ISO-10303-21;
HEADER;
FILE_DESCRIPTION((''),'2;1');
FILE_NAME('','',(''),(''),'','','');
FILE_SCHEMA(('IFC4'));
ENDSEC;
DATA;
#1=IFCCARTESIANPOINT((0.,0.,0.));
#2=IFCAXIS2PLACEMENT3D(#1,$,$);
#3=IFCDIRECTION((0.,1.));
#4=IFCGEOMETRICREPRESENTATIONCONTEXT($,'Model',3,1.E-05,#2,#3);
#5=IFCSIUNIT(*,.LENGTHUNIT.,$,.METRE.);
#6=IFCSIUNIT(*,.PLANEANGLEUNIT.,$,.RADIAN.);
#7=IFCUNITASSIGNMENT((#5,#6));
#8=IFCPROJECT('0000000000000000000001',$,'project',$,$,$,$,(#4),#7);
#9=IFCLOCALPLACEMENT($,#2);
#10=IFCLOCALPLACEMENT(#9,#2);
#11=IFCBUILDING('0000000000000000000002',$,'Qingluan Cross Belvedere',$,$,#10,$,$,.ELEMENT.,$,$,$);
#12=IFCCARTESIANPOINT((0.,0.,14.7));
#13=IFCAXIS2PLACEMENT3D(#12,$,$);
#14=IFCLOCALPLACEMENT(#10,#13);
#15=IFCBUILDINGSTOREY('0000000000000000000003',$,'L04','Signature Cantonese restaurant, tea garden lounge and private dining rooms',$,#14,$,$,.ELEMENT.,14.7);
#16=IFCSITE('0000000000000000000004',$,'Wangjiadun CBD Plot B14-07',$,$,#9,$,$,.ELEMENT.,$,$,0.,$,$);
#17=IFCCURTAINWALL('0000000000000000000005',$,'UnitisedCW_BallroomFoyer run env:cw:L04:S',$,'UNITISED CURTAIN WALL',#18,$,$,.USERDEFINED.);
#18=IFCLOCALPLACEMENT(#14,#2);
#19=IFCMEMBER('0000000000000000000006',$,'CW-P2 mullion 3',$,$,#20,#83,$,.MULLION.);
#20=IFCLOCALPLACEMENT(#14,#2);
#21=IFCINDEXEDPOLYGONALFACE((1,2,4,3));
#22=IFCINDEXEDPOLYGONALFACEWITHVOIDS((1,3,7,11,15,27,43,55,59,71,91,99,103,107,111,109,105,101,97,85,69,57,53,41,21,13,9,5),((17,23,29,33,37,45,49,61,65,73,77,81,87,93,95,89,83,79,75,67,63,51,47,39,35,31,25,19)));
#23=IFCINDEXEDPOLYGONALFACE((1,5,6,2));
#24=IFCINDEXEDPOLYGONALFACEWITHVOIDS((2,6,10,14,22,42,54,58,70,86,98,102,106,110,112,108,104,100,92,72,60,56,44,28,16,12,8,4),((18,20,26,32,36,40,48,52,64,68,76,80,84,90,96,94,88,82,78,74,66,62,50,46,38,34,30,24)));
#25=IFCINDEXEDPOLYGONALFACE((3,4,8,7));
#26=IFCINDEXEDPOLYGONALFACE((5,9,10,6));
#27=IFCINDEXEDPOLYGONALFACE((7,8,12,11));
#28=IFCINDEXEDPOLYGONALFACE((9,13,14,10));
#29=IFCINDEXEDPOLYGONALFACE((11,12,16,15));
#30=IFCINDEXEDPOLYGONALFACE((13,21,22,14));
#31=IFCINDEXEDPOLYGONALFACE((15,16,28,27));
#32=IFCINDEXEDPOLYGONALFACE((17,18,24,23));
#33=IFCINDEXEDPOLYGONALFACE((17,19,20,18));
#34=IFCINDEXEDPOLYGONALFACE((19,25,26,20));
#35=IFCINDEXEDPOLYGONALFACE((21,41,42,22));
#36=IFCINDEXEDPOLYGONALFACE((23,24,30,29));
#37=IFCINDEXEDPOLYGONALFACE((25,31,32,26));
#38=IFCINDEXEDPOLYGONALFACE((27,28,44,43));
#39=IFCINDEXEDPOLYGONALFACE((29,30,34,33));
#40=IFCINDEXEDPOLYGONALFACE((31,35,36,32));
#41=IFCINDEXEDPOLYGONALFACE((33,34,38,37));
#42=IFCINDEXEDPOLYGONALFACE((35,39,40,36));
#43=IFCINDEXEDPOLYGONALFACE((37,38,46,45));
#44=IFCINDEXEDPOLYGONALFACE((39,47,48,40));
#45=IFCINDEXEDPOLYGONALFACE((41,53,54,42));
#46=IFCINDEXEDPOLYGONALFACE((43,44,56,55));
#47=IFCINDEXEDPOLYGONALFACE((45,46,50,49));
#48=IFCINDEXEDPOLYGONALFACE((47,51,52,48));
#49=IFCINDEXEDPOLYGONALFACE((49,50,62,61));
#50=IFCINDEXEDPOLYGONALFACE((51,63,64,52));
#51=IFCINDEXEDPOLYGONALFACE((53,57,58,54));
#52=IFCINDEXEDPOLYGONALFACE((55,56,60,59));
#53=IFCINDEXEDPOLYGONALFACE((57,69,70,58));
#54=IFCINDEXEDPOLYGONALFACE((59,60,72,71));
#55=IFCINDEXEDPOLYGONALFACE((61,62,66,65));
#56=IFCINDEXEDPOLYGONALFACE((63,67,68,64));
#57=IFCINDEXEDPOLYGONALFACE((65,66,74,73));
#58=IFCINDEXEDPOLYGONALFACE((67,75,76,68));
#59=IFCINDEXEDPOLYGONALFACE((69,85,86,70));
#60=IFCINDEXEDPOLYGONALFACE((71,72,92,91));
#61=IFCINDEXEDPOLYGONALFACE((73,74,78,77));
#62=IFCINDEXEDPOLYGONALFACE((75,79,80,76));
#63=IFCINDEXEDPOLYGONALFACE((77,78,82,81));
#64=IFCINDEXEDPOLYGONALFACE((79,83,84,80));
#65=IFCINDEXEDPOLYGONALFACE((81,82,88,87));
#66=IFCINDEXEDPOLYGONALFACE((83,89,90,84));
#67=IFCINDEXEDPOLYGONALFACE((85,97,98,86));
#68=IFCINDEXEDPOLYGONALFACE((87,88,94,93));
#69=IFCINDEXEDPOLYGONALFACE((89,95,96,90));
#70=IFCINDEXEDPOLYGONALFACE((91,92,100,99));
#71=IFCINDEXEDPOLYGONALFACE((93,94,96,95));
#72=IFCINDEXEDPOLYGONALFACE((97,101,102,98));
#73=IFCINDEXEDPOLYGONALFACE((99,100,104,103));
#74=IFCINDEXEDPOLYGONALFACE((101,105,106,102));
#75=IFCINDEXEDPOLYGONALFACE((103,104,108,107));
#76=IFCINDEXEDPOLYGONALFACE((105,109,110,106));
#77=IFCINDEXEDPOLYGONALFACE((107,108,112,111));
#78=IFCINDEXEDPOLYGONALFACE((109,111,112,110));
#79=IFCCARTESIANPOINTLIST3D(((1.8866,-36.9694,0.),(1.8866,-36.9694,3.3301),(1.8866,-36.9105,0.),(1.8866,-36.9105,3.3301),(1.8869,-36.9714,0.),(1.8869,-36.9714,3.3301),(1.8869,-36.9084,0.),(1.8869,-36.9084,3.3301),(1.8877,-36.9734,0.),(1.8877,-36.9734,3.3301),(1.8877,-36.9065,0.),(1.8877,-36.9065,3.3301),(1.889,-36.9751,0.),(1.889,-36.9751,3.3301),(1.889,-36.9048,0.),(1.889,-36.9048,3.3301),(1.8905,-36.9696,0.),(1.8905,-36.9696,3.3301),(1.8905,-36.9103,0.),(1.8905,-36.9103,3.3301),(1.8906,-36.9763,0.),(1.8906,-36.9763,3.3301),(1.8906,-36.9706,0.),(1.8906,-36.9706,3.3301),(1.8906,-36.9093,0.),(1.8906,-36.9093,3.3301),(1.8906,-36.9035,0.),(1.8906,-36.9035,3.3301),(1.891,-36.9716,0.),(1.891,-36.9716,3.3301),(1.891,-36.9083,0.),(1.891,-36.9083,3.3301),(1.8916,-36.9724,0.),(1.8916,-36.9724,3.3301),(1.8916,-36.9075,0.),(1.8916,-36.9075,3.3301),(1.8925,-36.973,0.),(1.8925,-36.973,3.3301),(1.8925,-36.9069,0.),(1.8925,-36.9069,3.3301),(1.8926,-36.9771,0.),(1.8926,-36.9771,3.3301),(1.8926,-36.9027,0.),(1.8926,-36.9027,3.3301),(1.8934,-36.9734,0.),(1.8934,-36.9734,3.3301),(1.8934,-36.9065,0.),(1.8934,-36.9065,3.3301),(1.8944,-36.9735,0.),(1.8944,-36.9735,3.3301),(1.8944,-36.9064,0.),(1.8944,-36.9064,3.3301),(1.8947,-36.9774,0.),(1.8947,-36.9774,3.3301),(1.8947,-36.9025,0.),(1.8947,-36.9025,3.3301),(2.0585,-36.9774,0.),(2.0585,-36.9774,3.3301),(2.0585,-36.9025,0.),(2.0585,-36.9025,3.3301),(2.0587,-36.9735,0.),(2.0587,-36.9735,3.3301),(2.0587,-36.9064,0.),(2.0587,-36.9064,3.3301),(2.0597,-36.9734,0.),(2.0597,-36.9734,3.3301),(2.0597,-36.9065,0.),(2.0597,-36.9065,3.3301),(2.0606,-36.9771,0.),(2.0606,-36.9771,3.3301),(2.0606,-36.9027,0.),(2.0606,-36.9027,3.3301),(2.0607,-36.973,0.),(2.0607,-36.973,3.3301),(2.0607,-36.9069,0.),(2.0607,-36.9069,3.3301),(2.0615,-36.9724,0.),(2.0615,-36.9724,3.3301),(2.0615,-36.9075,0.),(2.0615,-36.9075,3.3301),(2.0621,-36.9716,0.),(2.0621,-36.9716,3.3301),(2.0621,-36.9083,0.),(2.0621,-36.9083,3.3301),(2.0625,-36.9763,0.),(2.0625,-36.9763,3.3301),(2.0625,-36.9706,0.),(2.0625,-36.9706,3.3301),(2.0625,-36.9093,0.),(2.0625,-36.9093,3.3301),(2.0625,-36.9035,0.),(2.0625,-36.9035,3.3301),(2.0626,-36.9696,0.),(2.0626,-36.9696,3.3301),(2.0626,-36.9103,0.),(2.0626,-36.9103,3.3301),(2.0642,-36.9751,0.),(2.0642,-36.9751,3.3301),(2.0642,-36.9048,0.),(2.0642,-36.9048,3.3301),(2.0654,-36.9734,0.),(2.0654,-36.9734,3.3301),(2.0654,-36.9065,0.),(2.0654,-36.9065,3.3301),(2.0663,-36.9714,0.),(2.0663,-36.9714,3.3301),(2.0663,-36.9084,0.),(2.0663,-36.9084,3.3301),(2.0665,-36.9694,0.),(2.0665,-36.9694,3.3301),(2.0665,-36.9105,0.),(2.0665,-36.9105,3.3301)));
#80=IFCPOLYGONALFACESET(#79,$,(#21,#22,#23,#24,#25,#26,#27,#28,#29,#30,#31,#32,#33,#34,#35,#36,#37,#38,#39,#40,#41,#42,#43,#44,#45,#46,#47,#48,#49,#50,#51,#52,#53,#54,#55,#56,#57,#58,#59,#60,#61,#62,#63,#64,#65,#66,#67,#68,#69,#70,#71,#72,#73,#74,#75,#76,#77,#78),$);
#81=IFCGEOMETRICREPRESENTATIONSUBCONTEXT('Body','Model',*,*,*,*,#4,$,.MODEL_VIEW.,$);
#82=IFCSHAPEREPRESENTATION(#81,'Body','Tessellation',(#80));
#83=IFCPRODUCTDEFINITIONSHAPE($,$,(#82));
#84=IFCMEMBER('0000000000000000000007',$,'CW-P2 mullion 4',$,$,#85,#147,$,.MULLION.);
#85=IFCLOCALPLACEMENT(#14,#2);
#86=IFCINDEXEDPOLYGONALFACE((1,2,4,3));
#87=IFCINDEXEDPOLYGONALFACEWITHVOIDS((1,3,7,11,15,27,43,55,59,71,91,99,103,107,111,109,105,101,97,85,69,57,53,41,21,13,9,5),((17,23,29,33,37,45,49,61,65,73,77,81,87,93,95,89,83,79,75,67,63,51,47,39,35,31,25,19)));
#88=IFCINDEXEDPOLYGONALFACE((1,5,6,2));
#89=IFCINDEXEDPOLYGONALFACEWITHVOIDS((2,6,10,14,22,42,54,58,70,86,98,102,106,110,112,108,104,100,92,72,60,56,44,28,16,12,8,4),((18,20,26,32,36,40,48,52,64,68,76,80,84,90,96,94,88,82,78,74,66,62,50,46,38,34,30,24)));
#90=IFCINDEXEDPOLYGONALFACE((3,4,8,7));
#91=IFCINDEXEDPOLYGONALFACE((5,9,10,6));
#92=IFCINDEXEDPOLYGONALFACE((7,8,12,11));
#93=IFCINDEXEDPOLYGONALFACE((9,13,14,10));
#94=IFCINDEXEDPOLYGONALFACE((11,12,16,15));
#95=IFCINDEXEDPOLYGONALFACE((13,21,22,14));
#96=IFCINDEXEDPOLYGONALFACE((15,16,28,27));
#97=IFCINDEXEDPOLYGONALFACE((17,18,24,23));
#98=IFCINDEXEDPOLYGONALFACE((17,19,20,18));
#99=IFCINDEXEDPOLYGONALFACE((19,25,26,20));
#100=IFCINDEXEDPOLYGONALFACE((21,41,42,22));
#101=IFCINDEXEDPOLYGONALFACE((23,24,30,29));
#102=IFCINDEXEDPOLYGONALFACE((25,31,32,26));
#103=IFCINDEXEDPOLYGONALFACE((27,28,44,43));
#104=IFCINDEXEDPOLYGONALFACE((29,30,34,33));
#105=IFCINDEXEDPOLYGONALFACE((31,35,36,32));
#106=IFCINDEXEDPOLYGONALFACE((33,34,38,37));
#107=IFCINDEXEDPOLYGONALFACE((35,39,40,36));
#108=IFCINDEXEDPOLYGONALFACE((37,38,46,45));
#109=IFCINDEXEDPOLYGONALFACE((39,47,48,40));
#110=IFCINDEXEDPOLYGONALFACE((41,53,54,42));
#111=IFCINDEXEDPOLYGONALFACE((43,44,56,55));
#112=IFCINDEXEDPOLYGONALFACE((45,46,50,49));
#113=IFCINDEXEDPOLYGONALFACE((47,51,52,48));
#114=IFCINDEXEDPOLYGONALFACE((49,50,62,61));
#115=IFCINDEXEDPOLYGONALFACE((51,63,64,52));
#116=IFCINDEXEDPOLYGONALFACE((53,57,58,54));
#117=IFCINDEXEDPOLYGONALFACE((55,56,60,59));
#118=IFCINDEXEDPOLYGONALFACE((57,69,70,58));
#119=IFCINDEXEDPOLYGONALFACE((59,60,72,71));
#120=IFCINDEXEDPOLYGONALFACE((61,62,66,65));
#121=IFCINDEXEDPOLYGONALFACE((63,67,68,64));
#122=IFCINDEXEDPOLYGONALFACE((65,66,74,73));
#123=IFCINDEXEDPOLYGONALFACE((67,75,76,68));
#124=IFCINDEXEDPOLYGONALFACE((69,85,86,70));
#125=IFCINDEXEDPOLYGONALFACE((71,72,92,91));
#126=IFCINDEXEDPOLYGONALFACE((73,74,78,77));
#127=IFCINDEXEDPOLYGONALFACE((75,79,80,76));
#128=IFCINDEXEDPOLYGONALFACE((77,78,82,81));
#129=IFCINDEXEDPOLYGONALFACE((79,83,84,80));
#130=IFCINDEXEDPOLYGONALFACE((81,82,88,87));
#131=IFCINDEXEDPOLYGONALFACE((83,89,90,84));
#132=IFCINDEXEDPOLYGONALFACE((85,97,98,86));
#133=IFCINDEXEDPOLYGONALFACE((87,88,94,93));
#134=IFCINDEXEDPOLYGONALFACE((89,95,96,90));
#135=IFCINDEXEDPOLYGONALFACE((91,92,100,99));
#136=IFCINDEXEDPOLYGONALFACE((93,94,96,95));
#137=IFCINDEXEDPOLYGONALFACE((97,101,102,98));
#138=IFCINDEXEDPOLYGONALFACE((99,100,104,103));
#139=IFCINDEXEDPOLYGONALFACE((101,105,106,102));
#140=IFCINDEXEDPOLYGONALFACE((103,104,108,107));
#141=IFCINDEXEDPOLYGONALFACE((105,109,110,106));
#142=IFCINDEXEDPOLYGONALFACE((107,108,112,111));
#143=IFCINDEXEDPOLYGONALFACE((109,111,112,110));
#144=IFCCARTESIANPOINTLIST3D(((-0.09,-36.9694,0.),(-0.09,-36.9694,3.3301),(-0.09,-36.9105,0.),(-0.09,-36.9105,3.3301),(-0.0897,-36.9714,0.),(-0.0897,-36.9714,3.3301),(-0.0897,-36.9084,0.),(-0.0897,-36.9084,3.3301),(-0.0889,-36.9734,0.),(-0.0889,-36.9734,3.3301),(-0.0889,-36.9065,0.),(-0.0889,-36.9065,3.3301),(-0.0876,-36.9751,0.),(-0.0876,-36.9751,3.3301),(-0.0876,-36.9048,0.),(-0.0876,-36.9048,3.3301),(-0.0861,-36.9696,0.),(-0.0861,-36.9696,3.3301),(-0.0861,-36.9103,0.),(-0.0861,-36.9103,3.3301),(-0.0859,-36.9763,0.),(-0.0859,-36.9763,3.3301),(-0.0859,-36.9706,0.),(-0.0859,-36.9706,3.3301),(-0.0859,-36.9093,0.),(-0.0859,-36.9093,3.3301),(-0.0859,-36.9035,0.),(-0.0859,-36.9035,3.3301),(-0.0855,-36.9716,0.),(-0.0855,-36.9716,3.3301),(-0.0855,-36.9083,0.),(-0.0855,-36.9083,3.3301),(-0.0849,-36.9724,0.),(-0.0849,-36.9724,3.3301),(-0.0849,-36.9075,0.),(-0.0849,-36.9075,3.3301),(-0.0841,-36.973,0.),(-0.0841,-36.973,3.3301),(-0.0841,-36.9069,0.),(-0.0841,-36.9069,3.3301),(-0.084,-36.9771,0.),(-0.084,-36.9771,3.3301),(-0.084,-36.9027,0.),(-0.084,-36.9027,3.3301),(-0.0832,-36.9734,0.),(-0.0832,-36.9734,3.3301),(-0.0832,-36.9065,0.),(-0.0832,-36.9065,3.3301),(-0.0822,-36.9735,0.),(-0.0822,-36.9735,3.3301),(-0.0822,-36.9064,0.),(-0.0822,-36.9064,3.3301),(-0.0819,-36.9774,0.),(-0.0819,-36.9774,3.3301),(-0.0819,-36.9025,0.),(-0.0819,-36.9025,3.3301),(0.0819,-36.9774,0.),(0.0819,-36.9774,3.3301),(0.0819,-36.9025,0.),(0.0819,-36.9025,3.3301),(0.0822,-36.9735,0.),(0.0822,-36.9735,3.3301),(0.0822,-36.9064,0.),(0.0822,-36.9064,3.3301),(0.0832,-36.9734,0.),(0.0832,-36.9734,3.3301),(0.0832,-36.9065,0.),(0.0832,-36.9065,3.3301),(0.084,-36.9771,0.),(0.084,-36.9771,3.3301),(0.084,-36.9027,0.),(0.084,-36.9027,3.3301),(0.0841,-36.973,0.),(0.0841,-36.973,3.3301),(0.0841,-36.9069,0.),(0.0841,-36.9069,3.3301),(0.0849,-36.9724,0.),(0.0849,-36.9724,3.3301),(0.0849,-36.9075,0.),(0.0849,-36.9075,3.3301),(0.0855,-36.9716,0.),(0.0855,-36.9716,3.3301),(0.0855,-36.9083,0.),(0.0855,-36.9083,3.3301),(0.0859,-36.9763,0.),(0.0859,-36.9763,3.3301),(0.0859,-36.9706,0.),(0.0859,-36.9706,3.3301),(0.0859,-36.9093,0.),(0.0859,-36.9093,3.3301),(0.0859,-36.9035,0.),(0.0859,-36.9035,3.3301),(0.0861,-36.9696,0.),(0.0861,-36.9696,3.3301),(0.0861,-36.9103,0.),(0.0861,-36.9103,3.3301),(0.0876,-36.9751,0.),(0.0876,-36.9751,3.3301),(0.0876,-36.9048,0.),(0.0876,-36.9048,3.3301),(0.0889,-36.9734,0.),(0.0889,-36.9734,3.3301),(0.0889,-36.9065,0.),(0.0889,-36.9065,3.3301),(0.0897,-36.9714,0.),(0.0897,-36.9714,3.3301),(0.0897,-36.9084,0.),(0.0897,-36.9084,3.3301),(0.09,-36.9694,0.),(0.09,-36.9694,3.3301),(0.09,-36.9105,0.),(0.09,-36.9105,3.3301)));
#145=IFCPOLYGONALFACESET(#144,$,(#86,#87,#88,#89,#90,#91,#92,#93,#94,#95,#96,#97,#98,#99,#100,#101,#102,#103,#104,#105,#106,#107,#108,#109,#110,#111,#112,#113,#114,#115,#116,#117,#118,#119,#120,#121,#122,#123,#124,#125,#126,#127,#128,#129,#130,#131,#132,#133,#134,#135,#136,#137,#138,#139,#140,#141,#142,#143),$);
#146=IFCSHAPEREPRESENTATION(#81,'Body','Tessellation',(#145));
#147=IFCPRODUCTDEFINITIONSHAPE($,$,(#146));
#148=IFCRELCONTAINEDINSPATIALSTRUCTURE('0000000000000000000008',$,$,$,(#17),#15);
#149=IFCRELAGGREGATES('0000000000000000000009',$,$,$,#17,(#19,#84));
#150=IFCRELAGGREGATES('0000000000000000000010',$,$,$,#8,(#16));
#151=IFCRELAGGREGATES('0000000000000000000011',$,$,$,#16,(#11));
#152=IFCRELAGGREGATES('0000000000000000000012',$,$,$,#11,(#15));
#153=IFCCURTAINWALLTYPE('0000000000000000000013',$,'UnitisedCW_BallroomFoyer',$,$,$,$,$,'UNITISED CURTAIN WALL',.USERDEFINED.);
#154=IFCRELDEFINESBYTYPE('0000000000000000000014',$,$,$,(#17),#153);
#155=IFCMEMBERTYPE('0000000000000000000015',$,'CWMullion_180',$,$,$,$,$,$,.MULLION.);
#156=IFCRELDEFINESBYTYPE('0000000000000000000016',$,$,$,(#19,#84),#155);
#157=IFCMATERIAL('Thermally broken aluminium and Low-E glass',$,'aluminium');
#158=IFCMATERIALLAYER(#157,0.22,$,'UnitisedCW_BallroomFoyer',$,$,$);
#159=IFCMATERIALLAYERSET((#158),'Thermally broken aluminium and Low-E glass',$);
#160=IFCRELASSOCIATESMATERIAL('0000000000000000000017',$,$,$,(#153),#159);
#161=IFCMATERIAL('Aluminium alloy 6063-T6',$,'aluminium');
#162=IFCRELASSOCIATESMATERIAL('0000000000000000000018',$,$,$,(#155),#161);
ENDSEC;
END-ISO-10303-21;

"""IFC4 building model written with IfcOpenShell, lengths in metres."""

from ifc_helpers import new_model, si_unit, direction, frame, origin, origin_2d, place, context, subcontext, project, spatial, hollow_rectangle, extrude, material, layer, layer_set, material_profile, profile_set, type_object, element, aggregate, save


model = new_model("IFC4")

# Units and contexts
model_context = context("Model", 3, precision=1e-05, world=origin(), true_north=direction((0.0, 1.0)))
body_context = subcontext(model_context, "Body", "Model", "MODEL_VIEW")
ifc_project = project(units=[si_unit("LENGTHUNIT", "METRE"), si_unit("PLANEANGLEUNIT", "RADIAN")], contexts=[model_context])

# Site, building, storey
site_placement = place(None, origin())
site = spatial("IfcSite", under=ifc_project, at=site_placement, Name="Wangjiadun CBD Plot B14-07", CompositionType="ELEMENT", RefElevation=0.0)
building_placement = place(site_placement, origin())
building = spatial("IfcBuilding", under=site, at=building_placement, Name="Qingluan Cross Belvedere", CompositionType="ELEMENT")
storey_placement = place(building_placement, frame((0.0, 0.0, 14.7)))
storey = spatial("IfcBuildingStorey", under=building, at=storey_placement, Name="L04", Description="Signature Cantonese restaurant, tea garden lounge and private dining rooms", CompositionType="ELEMENT", Elevation=14.7)

# Curtain wall, members
ifc_material_1 = material(Name="Thermally broken aluminium and Low-E glass", Category="aluminium")
ifc_layer_1 = layer(ifc_material_1, 0.22, Name="UnitisedCW_BallroomFoyer")
ifc_layer_set_1 = layer_set([ifc_layer_1], Name="Thermally broken aluminium and Low-E glass")
curtain_wall_type = type_object("IfcCurtainWallType", Name="UnitisedCW_BallroomFoyer", ElementType="UNITISED CURTAIN WALL", PredefinedType="USERDEFINED", material=ifc_layer_set_1)
curtain_wall_placement = place(storey_placement, origin())
curtain_wall = element("IfcCurtainWall", 1, at=curtain_wall_placement, inside=storey, type_object=curtain_wall_type, Name="UnitisedCW_BallroomFoyer run env:cw:L04:S", ObjectType="UNITISED CURTAIN WALL", PredefinedType="USERDEFINED")
ifc_material_2 = material(Name="Aluminium alloy 6063-T6", Category="aluminium")
ifc_material_profile_1 = material_profile(ifc_material_2, hollow_rectangle(XDim=0.075, YDim=0.1799, WallThickness=0.0039, InnerFilletRadius=0.0039, OuterFilletRadius=0.0081, at=origin_2d()), Name="CWM180x75x4")
ifc_profile_set_1 = profile_set([ifc_material_profile_1], Name="Aluminium alloy 6063-T6")
member_type_1 = type_object("IfcMemberType", Name="CWMullion_180", PredefinedType="MULLION", material=ifc_profile_set_1)
member_1_placement = place(storey_placement, frame((1.9766, -36.9399, 0.0), z_axis=(0.0, 0.0, 1.0), x_axis=(0.0, -1.0, 0.0)))
member_1 = element("IfcMember", 2, at=member_1_placement, type_object=member_type_1, Name="CW-P2 mullion 3", PredefinedType="MULLION", context=body_context, shape_type="SweptSolid", body=[
    extrude(hollow_rectangle(XDim=0.075, YDim=0.1799, WallThickness=0.0039, InnerFilletRadius=0.0039, OuterFilletRadius=0.0081, at=origin_2d()), origin(), (0.0, 0.0, 1.0), 3.3301),
])
member_2_placement = place(storey_placement, frame((0.0, -36.9399, 0.0), z_axis=(0.0, 0.0, 1.0), x_axis=(0.0, -1.0, 0.0)))
member_2 = element("IfcMember", 3, at=member_2_placement, type_object=member_type_1, Name="CW-P2 mullion 4", PredefinedType="MULLION", context=body_context, shape_type="SweptSolid", body=[
    extrude(hollow_rectangle(XDim=0.075, YDim=0.1799, WallThickness=0.0039, InnerFilletRadius=0.0039, OuterFilletRadius=0.0081, at=origin_2d()), origin(), (0.0, 0.0, 1.0), 3.3301),
])
aggregate(curtain_wall, [member_1, member_2])

save(model, "model.ifc")
